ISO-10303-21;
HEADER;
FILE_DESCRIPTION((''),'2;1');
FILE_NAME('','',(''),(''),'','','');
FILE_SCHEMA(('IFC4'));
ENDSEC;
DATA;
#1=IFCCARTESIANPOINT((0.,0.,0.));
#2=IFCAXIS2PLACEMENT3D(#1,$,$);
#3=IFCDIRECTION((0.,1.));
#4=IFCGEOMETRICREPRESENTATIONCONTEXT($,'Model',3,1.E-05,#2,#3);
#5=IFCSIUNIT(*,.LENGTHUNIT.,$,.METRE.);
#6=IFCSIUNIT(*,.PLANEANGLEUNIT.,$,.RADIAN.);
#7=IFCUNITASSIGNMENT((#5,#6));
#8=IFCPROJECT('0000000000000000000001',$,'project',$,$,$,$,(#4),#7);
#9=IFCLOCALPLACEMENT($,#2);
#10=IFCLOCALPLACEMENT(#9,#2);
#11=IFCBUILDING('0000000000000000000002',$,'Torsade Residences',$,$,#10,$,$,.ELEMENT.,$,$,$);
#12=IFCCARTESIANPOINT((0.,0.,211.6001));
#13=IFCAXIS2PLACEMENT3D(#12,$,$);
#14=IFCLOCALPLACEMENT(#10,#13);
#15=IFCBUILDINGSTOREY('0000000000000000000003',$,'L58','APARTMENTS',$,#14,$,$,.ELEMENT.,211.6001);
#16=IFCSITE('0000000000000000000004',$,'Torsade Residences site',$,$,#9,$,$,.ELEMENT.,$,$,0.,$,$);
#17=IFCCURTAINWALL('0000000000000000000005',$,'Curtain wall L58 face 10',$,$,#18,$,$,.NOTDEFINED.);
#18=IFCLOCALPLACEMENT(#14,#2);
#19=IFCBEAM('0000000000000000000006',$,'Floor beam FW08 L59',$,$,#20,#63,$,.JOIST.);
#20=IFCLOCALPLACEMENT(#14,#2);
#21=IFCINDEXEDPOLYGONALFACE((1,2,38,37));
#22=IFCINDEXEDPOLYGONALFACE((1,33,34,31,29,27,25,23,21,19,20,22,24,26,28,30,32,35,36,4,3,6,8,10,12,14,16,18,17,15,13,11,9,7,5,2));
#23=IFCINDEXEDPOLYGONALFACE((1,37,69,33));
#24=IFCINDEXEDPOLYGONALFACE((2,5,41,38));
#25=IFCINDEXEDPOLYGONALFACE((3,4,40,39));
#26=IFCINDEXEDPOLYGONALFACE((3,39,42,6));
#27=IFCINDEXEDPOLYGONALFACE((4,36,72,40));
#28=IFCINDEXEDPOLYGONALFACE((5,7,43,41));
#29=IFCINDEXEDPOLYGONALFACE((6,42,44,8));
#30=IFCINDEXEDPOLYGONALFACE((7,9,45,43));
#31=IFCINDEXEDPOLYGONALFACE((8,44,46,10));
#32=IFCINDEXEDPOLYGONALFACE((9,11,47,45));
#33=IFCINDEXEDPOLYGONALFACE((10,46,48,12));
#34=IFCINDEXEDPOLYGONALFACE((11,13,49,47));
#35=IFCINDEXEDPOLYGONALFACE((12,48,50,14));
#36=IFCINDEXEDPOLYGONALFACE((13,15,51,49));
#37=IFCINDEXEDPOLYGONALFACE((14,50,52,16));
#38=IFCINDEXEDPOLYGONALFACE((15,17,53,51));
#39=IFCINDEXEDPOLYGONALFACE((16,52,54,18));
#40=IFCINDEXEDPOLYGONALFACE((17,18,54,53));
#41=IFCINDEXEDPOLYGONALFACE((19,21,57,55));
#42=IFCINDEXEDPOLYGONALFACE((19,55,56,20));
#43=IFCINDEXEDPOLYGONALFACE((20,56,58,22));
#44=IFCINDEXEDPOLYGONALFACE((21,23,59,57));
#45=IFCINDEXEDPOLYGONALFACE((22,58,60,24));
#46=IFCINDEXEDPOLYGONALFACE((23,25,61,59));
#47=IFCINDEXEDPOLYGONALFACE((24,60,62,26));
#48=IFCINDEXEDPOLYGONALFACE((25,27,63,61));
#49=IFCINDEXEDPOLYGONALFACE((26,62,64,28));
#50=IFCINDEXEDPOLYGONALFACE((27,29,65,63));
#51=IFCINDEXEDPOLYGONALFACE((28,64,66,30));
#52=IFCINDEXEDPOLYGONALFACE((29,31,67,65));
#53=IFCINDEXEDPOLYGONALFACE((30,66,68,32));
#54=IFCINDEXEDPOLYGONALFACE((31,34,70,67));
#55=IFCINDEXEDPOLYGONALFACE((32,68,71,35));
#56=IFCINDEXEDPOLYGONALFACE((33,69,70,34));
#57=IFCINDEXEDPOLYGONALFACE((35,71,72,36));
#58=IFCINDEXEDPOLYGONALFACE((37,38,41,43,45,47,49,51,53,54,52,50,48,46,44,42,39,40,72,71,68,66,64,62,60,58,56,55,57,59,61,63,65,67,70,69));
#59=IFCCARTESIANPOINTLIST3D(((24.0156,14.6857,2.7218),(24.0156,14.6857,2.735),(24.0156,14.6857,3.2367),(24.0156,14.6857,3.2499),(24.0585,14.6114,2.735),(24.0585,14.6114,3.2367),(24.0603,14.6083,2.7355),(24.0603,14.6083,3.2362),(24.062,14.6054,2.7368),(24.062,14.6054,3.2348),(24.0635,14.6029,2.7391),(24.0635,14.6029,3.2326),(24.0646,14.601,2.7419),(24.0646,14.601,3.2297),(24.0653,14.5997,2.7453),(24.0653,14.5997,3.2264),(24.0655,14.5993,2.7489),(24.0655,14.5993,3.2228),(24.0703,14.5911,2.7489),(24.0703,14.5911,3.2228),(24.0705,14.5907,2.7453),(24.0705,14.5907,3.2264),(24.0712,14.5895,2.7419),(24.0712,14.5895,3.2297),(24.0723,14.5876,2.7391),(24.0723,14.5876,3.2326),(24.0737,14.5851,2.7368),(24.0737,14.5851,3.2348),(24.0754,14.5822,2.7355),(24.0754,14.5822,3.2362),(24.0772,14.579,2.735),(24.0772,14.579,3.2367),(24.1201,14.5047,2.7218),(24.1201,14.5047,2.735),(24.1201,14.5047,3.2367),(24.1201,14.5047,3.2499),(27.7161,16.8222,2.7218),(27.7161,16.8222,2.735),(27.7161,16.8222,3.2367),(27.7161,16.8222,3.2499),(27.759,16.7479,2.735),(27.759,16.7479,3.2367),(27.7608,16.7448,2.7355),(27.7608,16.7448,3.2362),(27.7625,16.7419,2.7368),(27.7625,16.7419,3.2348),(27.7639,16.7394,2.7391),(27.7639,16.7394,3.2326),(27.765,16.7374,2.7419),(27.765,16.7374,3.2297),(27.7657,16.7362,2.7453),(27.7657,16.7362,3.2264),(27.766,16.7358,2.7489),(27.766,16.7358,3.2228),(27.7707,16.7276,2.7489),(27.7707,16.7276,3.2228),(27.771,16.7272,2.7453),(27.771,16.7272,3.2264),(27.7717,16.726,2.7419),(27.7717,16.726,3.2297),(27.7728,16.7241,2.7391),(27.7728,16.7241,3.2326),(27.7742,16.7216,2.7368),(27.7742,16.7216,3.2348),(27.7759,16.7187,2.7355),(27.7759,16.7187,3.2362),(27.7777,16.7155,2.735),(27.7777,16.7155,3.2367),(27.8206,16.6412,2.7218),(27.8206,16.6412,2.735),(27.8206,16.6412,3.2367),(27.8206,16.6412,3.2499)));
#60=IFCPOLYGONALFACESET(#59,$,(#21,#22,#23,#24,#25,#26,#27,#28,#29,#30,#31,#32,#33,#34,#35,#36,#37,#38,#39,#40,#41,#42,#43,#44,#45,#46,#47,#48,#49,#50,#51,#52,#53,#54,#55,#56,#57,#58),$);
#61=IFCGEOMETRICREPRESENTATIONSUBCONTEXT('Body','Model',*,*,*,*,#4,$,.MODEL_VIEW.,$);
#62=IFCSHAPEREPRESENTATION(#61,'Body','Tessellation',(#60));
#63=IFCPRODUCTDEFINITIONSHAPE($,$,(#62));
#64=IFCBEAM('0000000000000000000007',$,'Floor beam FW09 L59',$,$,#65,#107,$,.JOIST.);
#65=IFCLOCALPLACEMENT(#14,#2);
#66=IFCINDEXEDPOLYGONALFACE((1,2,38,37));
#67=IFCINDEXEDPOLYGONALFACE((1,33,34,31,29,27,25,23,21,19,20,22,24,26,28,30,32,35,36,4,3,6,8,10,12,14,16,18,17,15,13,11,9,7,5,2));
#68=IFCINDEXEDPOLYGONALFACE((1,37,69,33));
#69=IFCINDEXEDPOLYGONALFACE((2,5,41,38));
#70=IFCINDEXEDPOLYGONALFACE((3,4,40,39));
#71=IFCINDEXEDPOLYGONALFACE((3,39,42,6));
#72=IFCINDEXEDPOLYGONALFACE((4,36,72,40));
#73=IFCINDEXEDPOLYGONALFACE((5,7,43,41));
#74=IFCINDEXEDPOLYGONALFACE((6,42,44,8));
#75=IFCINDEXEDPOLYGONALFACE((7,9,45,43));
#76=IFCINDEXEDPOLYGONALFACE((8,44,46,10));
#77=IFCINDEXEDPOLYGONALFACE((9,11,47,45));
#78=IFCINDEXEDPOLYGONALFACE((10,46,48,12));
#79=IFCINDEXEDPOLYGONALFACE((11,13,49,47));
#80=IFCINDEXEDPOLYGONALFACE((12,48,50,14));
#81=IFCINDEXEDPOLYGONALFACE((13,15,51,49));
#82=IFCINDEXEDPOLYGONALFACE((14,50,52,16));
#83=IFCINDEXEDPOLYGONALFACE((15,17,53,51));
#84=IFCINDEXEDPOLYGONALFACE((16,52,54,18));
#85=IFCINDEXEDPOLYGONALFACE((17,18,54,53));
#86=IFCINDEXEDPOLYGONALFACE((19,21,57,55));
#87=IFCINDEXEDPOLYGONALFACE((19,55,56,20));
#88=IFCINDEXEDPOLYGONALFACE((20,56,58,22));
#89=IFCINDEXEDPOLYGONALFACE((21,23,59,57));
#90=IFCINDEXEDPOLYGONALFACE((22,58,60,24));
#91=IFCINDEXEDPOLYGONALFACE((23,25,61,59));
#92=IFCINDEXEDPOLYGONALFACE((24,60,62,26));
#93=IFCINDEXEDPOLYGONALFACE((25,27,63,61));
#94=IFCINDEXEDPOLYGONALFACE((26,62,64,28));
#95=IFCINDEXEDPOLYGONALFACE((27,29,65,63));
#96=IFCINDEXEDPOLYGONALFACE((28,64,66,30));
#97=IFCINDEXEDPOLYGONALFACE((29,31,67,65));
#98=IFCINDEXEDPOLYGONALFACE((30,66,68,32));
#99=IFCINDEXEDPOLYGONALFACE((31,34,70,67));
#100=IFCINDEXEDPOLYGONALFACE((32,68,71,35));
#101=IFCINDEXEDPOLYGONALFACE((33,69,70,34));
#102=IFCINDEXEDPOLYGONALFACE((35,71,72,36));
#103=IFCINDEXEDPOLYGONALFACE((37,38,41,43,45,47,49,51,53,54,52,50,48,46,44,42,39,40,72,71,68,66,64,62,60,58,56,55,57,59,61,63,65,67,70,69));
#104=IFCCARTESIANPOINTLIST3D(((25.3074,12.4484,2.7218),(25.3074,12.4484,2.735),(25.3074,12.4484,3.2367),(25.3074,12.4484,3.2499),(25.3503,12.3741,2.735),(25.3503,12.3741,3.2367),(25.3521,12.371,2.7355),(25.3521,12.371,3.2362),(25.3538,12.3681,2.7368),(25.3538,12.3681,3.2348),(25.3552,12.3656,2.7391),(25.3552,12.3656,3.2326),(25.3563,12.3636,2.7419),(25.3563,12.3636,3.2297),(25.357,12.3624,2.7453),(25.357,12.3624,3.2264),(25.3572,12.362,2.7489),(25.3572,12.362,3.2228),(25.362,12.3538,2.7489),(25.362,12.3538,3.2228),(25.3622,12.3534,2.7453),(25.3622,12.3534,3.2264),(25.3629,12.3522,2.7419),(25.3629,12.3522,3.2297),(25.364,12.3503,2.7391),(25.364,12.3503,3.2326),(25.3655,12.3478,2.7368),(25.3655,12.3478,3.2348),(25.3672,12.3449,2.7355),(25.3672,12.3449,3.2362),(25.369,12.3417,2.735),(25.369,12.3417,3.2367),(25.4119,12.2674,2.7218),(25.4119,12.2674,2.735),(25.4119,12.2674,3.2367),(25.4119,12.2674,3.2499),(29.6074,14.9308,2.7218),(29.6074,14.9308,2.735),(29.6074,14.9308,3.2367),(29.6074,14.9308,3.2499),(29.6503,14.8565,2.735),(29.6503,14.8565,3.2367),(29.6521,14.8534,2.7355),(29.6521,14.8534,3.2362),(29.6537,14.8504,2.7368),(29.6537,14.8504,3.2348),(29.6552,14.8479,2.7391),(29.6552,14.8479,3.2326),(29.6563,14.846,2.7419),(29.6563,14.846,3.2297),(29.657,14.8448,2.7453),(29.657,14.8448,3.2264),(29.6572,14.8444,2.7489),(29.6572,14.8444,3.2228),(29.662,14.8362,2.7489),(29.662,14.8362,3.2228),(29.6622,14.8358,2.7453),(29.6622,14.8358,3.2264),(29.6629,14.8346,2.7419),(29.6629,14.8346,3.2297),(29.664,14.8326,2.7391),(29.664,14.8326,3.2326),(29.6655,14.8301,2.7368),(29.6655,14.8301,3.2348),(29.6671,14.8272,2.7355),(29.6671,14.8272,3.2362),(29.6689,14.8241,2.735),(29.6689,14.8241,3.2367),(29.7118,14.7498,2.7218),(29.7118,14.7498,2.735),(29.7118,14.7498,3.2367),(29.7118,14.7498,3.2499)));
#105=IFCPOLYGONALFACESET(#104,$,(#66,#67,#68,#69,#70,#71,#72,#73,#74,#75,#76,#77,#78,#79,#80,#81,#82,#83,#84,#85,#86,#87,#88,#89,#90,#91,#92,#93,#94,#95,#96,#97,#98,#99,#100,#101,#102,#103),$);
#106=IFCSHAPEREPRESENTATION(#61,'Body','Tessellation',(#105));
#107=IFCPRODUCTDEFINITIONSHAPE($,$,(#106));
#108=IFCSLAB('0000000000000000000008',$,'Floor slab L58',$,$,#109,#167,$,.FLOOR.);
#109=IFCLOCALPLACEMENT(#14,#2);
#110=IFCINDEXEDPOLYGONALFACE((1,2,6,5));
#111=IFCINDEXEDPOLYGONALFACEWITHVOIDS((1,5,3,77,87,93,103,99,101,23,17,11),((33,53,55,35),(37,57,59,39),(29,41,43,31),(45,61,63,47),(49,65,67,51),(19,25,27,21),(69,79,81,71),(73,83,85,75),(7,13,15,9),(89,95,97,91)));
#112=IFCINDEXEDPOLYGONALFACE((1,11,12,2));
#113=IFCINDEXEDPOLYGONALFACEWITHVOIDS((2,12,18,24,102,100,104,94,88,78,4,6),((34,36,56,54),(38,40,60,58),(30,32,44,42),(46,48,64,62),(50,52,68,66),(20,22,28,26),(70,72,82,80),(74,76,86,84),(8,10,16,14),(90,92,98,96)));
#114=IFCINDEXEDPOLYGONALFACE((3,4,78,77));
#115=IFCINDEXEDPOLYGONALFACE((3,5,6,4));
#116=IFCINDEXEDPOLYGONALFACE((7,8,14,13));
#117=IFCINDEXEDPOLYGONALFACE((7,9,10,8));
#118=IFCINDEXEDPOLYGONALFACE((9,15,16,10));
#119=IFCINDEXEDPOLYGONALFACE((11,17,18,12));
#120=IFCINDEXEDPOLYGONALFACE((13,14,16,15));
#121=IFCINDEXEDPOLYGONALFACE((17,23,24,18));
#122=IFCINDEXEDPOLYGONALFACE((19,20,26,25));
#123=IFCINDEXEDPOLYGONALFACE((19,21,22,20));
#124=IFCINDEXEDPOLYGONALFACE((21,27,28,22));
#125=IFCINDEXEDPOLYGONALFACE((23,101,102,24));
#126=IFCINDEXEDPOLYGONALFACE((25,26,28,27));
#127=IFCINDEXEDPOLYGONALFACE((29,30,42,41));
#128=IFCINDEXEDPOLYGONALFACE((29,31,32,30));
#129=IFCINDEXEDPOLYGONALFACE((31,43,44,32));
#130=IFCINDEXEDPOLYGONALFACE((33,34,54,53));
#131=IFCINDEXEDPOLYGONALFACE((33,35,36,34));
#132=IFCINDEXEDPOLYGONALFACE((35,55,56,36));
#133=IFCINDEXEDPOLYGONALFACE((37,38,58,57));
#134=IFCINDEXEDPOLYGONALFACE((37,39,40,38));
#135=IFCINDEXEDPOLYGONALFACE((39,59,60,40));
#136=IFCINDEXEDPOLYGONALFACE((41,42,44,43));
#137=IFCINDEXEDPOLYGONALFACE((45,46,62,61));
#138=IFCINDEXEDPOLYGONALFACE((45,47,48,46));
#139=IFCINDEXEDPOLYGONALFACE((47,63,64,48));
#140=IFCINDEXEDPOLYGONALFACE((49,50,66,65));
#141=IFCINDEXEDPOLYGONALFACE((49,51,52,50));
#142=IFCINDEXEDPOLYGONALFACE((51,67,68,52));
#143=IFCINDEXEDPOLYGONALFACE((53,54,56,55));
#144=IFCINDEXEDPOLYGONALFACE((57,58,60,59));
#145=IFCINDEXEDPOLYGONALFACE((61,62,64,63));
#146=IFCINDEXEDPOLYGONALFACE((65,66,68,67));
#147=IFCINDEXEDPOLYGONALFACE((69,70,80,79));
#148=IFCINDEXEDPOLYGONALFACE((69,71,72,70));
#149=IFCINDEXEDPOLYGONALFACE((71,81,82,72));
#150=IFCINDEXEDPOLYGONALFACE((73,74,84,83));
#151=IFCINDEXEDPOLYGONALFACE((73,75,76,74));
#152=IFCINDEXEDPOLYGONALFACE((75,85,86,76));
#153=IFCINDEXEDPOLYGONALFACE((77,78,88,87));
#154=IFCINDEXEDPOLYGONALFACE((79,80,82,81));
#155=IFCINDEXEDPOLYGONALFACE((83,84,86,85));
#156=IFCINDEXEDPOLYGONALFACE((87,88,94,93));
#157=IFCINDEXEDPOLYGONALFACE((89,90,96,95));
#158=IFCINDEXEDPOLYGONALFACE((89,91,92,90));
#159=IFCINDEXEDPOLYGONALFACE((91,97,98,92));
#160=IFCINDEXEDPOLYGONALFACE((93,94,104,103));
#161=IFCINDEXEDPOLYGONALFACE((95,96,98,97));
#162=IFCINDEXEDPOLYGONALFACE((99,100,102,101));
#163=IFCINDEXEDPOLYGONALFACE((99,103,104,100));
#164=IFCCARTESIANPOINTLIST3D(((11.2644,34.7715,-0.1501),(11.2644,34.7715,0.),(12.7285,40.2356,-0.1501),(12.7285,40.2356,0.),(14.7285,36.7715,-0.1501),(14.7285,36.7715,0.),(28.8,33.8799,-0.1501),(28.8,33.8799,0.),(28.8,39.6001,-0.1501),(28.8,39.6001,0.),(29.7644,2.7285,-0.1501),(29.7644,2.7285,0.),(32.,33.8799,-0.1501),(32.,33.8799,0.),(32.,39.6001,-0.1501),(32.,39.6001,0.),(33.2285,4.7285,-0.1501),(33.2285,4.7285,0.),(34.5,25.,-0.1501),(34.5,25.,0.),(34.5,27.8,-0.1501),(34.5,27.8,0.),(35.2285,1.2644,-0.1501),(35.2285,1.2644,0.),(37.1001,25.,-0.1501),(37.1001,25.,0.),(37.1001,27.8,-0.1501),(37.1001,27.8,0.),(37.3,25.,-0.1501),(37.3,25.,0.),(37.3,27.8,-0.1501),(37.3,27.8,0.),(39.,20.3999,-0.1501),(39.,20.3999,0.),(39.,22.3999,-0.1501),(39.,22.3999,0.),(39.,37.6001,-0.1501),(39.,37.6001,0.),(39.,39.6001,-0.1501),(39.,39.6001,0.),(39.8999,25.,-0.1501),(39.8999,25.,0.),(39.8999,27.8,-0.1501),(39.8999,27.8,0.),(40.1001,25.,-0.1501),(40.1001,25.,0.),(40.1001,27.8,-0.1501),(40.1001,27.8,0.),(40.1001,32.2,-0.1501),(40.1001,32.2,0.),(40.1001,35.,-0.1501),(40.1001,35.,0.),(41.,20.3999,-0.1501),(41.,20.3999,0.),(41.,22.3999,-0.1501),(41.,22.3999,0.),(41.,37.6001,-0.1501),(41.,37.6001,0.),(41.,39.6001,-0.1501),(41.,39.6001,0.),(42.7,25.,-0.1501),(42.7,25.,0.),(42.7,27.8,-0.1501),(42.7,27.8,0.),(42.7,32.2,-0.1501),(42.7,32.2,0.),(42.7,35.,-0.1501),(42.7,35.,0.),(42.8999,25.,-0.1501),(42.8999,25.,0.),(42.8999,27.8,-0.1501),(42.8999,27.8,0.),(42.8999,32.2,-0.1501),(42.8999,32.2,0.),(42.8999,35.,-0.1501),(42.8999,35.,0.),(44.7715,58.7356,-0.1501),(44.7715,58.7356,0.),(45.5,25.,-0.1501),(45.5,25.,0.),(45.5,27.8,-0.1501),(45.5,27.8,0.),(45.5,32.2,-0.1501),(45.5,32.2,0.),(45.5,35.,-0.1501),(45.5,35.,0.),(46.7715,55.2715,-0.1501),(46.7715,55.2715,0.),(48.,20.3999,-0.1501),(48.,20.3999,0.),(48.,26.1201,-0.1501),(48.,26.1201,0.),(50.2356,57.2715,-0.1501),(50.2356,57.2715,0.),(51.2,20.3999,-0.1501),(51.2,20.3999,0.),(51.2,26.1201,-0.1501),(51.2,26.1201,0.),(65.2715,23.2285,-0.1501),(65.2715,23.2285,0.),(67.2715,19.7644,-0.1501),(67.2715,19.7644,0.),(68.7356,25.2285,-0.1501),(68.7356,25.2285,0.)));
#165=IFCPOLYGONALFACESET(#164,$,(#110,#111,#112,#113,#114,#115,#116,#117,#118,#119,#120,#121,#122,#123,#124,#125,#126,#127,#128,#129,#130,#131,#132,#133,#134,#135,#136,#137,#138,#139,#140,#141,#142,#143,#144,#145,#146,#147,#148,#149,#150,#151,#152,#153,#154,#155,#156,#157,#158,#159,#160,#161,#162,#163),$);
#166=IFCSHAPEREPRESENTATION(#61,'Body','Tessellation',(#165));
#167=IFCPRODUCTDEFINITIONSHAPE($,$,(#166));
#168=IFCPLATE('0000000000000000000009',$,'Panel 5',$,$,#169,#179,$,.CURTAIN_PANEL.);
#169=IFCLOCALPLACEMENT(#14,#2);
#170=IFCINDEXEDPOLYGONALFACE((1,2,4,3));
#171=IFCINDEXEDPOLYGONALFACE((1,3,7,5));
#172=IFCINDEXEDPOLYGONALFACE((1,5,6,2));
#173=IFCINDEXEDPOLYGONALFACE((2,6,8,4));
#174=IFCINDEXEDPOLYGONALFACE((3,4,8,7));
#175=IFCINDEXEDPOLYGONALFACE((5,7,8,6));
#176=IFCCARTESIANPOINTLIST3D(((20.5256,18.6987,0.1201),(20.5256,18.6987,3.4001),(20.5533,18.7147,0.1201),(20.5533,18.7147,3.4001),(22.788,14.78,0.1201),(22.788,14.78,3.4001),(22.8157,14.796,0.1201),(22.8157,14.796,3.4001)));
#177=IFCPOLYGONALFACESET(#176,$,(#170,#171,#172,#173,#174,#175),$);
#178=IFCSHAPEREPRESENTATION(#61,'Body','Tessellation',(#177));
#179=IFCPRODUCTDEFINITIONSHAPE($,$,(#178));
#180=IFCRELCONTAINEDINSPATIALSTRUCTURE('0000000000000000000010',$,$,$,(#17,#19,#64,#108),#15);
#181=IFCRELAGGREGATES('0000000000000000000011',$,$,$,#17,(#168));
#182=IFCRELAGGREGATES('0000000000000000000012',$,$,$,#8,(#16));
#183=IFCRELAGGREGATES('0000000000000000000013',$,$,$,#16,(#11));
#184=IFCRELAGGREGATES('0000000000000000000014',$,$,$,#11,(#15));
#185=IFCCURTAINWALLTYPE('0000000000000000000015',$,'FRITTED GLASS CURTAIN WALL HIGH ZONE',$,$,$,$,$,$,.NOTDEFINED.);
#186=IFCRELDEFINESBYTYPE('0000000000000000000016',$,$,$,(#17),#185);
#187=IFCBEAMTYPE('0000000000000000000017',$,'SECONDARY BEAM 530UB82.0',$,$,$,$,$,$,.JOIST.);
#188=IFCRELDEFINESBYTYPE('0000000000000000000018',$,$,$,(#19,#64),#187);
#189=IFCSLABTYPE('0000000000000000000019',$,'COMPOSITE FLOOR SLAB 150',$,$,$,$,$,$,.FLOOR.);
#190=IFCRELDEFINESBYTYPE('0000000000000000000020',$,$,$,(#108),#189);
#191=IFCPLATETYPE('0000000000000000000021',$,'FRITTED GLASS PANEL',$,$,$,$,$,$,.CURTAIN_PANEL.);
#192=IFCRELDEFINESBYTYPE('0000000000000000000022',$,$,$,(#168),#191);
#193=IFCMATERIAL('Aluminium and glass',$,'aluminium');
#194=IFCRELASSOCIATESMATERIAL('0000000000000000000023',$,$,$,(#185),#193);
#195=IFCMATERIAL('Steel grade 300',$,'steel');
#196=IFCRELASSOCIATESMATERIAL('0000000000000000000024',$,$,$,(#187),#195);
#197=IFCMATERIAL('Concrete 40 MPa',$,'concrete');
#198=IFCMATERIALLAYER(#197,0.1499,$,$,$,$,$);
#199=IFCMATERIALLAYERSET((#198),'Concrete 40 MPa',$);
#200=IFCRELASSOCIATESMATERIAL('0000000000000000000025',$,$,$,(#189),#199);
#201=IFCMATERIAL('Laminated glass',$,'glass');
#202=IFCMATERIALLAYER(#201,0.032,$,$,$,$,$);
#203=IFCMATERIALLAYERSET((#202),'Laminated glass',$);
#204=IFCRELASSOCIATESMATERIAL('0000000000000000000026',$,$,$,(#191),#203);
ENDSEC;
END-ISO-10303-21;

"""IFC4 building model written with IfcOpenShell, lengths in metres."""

from ifc_helpers import new_model, si_unit, direction, frame, origin, origin_2d, place, context, subcontext, project, spatial, polyline, rectangle, i_section, outline, extrude, material, layer, layer_set, material_profile, profile_set, type_object, element, aggregate, save


model = new_model("IFC4")

# Units and contexts
model_context = context("Model", 3, precision=1e-05, world=origin(), true_north=direction((0.0, 1.0)))
body_context = subcontext(model_context, "Body", "Model", "MODEL_VIEW")
ifc_project = project(units=[si_unit("LENGTHUNIT", "METRE"), si_unit("PLANEANGLEUNIT", "RADIAN")], contexts=[model_context])

# Site, building, storey
site_placement = place(None, origin())
site = spatial("IfcSite", under=ifc_project, at=site_placement, Name="Torsade Residences site", CompositionType="ELEMENT", RefElevation=0.0)
building_placement = place(site_placement, origin())
building = spatial("IfcBuilding", under=site, at=building_placement, Name="Torsade Residences", CompositionType="ELEMENT")
storey_placement = place(building_placement, frame((0.0, 0.0, 211.6001)))
storey = spatial("IfcBuildingStorey", under=building, at=storey_placement, Name="L58", Description="APARTMENTS", CompositionType="ELEMENT", Elevation=211.6001)

# Curtain wall
ifc_material_1 = material(Name="Aluminium and glass", Category="aluminium")
curtain_wall_type = type_object("IfcCurtainWallType", Name="FRITTED GLASS CURTAIN WALL HIGH ZONE", PredefinedType="NOTDEFINED", material=ifc_material_1)
curtain_wall_placement = place(storey_placement, origin())
curtain_wall = element("IfcCurtainWall", 1, at=curtain_wall_placement, inside=storey, type_object=curtain_wall_type, Name="Curtain wall L58 face 10", PredefinedType="NOTDEFINED")

# Beams
ifc_material_2 = material(Name="Steel grade 300", Category="steel")
ifc_material_profile_1 = material_profile(ifc_material_2, i_section(OverallWidth=0.209, OverallDepth=0.5281, WebThickness=0.0095, FlangeThickness=0.0132, FilletRadius=0.0139, at=origin_2d()), Name="530UB82.0")
ifc_profile_set_1 = profile_set([ifc_material_profile_1], Name="Steel grade 300")
beam_type_1 = type_object("IfcBeamType", Name="SECONDARY BEAM 530UB82.0", PredefinedType="JOIST", material=ifc_profile_set_1)
beam_1_placement = place(storey_placement, frame((24.0679, 14.5952, 2.9858), z_axis=(0.866023, 0.500004, 0.0), x_axis=(-0.500004, 0.866023, 0.0)))
element("IfcBeam", 2, at=beam_1_placement, inside=storey, type_object=beam_type_1, Name="Floor beam FW08 L59", PredefinedType="JOIST", context=body_context, shape_type="SweptSolid", body=[
    extrude(i_section(OverallWidth=0.209, OverallDepth=0.5281, WebThickness=0.0095, FlangeThickness=0.0132, FilletRadius=0.0139, at=origin_2d()), origin(), (0.0, 0.0, 1.0), 4.2729),
])
beam_2_placement = place(storey_placement, frame((25.3596, 12.3579, 2.9858), z_axis=(0.866044, 0.499968, 0.0), x_axis=(-0.499968, 0.866044, 0.0)))
element("IfcBeam", 3, at=beam_2_placement, inside=storey, type_object=beam_type_1, Name="Floor beam FW09 L59", PredefinedType="JOIST", context=body_context, shape_type="SweptSolid", body=[
    extrude(i_section(OverallWidth=0.209, OverallDepth=0.5281, WebThickness=0.0095, FlangeThickness=0.0132, FilletRadius=0.0139, at=origin_2d()), origin(), (0.0, 0.0, 1.0), 4.9651),
])

# Slab
ifc_material_3 = material(Name="Concrete 40 MPa", Category="concrete")
ifc_layer_1 = layer(ifc_material_3, 0.1499)
ifc_layer_set_1 = layer_set([ifc_layer_1], Name="Concrete 40 MPa")
slab_type_1 = type_object("IfcSlabType", Name="COMPOSITE FLOOR SLAB 150", PredefinedType="FLOOR", material=ifc_layer_set_1)
slab_1_placement = place(storey_placement, frame((0.0, 0.0, -0.1501)))
element("IfcSlab", 4, at=slab_1_placement, inside=storey, type_object=slab_type_1, Name="Floor slab L58", PredefinedType="FLOOR", context=body_context, shape_type="SweptSolid", body=[
    extrude(outline(polyline([(35.2285, 1.2644), (67.2715, 19.7644), (65.2715, 23.2285), (68.7356, 25.2285), (50.2356, 57.2715), (46.7715, 55.2715), (44.7715, 58.7356), (12.7285, 40.2356), (14.7285, 36.7715), (11.2644, 34.7715), (29.7644, 2.7285), (33.2285, 4.7285), (35.2285, 1.2644)]), holes=[polyline([(51.2, 26.1201), (48.0, 26.1201), (48.0, 20.3999), (51.2, 20.3999), (51.2, 26.1201)]), polyline([(45.5, 27.8), (42.8999, 27.8), (42.8999, 25.0), (45.5, 25.0), (45.5, 27.8)]), polyline([(45.5, 35.0), (42.8999, 35.0), (42.8999, 32.2), (45.5, 32.2), (45.5, 35.0)]), polyline([(42.7, 25.0), (42.7, 27.8), (40.1001, 27.8), (40.1001, 25.0), (42.7, 25.0)]), polyline([(42.7, 35.0), (40.1001, 35.0), (40.1001, 32.2), (42.7, 32.2), (42.7, 35.0)]), polyline([(41.0, 22.3999), (39.0, 22.3999), (39.0, 20.3999), (41.0, 20.3999), (41.0, 22.3999)]), polyline([(41.0, 37.6001), (41.0, 39.6001), (39.0, 39.6001), (39.0, 37.6001), (41.0, 37.6001)]), polyline([(39.8999, 25.0), (39.8999, 27.8), (37.3, 27.8), (37.3, 25.0), (39.8999, 25.0)]), polyline([(37.1001, 27.8), (34.5, 27.8), (34.5, 25.0), (37.1001, 25.0), (37.1001, 27.8)]), polyline([(32.0, 33.8799), (32.0, 39.6001), (28.8, 39.6001), (28.8, 33.8799), (32.0, 33.8799)])]), origin(), (0.0, 0.0, 1.0), 0.1501),
])

# Plate
ifc_material_4 = material(Name="Laminated glass", Category="glass")
ifc_layer_2 = layer(ifc_material_4, 0.032)
ifc_layer_set_2 = layer_set([ifc_layer_2], Name="Laminated glass")
plate_type_1 = type_object("IfcPlateType", Name="FRITTED GLASS PANEL", PredefinedType="CURTAIN_PANEL", material=ifc_layer_set_2)
plate_1_placement = place(storey_placement, frame((21.6707, 16.7473, 0.1201), z_axis=(0.0, 0.0, 1.0), x_axis=(0.5, -0.866025, 0.0)))
plate_1 = element("IfcPlate", 5, at=plate_1_placement, type_object=plate_type_1, Name="Panel 5", PredefinedType="CURTAIN_PANEL", context=body_context, shape_type="SweptSolid", body=[
    extrude(rectangle(XDim=4.5249, YDim=0.032, at=origin_2d()), origin(), (0.0, 0.0, 1.0), 3.28),
])
aggregate(curtain_wall, [plate_1])

save(model, "model.ifc")
